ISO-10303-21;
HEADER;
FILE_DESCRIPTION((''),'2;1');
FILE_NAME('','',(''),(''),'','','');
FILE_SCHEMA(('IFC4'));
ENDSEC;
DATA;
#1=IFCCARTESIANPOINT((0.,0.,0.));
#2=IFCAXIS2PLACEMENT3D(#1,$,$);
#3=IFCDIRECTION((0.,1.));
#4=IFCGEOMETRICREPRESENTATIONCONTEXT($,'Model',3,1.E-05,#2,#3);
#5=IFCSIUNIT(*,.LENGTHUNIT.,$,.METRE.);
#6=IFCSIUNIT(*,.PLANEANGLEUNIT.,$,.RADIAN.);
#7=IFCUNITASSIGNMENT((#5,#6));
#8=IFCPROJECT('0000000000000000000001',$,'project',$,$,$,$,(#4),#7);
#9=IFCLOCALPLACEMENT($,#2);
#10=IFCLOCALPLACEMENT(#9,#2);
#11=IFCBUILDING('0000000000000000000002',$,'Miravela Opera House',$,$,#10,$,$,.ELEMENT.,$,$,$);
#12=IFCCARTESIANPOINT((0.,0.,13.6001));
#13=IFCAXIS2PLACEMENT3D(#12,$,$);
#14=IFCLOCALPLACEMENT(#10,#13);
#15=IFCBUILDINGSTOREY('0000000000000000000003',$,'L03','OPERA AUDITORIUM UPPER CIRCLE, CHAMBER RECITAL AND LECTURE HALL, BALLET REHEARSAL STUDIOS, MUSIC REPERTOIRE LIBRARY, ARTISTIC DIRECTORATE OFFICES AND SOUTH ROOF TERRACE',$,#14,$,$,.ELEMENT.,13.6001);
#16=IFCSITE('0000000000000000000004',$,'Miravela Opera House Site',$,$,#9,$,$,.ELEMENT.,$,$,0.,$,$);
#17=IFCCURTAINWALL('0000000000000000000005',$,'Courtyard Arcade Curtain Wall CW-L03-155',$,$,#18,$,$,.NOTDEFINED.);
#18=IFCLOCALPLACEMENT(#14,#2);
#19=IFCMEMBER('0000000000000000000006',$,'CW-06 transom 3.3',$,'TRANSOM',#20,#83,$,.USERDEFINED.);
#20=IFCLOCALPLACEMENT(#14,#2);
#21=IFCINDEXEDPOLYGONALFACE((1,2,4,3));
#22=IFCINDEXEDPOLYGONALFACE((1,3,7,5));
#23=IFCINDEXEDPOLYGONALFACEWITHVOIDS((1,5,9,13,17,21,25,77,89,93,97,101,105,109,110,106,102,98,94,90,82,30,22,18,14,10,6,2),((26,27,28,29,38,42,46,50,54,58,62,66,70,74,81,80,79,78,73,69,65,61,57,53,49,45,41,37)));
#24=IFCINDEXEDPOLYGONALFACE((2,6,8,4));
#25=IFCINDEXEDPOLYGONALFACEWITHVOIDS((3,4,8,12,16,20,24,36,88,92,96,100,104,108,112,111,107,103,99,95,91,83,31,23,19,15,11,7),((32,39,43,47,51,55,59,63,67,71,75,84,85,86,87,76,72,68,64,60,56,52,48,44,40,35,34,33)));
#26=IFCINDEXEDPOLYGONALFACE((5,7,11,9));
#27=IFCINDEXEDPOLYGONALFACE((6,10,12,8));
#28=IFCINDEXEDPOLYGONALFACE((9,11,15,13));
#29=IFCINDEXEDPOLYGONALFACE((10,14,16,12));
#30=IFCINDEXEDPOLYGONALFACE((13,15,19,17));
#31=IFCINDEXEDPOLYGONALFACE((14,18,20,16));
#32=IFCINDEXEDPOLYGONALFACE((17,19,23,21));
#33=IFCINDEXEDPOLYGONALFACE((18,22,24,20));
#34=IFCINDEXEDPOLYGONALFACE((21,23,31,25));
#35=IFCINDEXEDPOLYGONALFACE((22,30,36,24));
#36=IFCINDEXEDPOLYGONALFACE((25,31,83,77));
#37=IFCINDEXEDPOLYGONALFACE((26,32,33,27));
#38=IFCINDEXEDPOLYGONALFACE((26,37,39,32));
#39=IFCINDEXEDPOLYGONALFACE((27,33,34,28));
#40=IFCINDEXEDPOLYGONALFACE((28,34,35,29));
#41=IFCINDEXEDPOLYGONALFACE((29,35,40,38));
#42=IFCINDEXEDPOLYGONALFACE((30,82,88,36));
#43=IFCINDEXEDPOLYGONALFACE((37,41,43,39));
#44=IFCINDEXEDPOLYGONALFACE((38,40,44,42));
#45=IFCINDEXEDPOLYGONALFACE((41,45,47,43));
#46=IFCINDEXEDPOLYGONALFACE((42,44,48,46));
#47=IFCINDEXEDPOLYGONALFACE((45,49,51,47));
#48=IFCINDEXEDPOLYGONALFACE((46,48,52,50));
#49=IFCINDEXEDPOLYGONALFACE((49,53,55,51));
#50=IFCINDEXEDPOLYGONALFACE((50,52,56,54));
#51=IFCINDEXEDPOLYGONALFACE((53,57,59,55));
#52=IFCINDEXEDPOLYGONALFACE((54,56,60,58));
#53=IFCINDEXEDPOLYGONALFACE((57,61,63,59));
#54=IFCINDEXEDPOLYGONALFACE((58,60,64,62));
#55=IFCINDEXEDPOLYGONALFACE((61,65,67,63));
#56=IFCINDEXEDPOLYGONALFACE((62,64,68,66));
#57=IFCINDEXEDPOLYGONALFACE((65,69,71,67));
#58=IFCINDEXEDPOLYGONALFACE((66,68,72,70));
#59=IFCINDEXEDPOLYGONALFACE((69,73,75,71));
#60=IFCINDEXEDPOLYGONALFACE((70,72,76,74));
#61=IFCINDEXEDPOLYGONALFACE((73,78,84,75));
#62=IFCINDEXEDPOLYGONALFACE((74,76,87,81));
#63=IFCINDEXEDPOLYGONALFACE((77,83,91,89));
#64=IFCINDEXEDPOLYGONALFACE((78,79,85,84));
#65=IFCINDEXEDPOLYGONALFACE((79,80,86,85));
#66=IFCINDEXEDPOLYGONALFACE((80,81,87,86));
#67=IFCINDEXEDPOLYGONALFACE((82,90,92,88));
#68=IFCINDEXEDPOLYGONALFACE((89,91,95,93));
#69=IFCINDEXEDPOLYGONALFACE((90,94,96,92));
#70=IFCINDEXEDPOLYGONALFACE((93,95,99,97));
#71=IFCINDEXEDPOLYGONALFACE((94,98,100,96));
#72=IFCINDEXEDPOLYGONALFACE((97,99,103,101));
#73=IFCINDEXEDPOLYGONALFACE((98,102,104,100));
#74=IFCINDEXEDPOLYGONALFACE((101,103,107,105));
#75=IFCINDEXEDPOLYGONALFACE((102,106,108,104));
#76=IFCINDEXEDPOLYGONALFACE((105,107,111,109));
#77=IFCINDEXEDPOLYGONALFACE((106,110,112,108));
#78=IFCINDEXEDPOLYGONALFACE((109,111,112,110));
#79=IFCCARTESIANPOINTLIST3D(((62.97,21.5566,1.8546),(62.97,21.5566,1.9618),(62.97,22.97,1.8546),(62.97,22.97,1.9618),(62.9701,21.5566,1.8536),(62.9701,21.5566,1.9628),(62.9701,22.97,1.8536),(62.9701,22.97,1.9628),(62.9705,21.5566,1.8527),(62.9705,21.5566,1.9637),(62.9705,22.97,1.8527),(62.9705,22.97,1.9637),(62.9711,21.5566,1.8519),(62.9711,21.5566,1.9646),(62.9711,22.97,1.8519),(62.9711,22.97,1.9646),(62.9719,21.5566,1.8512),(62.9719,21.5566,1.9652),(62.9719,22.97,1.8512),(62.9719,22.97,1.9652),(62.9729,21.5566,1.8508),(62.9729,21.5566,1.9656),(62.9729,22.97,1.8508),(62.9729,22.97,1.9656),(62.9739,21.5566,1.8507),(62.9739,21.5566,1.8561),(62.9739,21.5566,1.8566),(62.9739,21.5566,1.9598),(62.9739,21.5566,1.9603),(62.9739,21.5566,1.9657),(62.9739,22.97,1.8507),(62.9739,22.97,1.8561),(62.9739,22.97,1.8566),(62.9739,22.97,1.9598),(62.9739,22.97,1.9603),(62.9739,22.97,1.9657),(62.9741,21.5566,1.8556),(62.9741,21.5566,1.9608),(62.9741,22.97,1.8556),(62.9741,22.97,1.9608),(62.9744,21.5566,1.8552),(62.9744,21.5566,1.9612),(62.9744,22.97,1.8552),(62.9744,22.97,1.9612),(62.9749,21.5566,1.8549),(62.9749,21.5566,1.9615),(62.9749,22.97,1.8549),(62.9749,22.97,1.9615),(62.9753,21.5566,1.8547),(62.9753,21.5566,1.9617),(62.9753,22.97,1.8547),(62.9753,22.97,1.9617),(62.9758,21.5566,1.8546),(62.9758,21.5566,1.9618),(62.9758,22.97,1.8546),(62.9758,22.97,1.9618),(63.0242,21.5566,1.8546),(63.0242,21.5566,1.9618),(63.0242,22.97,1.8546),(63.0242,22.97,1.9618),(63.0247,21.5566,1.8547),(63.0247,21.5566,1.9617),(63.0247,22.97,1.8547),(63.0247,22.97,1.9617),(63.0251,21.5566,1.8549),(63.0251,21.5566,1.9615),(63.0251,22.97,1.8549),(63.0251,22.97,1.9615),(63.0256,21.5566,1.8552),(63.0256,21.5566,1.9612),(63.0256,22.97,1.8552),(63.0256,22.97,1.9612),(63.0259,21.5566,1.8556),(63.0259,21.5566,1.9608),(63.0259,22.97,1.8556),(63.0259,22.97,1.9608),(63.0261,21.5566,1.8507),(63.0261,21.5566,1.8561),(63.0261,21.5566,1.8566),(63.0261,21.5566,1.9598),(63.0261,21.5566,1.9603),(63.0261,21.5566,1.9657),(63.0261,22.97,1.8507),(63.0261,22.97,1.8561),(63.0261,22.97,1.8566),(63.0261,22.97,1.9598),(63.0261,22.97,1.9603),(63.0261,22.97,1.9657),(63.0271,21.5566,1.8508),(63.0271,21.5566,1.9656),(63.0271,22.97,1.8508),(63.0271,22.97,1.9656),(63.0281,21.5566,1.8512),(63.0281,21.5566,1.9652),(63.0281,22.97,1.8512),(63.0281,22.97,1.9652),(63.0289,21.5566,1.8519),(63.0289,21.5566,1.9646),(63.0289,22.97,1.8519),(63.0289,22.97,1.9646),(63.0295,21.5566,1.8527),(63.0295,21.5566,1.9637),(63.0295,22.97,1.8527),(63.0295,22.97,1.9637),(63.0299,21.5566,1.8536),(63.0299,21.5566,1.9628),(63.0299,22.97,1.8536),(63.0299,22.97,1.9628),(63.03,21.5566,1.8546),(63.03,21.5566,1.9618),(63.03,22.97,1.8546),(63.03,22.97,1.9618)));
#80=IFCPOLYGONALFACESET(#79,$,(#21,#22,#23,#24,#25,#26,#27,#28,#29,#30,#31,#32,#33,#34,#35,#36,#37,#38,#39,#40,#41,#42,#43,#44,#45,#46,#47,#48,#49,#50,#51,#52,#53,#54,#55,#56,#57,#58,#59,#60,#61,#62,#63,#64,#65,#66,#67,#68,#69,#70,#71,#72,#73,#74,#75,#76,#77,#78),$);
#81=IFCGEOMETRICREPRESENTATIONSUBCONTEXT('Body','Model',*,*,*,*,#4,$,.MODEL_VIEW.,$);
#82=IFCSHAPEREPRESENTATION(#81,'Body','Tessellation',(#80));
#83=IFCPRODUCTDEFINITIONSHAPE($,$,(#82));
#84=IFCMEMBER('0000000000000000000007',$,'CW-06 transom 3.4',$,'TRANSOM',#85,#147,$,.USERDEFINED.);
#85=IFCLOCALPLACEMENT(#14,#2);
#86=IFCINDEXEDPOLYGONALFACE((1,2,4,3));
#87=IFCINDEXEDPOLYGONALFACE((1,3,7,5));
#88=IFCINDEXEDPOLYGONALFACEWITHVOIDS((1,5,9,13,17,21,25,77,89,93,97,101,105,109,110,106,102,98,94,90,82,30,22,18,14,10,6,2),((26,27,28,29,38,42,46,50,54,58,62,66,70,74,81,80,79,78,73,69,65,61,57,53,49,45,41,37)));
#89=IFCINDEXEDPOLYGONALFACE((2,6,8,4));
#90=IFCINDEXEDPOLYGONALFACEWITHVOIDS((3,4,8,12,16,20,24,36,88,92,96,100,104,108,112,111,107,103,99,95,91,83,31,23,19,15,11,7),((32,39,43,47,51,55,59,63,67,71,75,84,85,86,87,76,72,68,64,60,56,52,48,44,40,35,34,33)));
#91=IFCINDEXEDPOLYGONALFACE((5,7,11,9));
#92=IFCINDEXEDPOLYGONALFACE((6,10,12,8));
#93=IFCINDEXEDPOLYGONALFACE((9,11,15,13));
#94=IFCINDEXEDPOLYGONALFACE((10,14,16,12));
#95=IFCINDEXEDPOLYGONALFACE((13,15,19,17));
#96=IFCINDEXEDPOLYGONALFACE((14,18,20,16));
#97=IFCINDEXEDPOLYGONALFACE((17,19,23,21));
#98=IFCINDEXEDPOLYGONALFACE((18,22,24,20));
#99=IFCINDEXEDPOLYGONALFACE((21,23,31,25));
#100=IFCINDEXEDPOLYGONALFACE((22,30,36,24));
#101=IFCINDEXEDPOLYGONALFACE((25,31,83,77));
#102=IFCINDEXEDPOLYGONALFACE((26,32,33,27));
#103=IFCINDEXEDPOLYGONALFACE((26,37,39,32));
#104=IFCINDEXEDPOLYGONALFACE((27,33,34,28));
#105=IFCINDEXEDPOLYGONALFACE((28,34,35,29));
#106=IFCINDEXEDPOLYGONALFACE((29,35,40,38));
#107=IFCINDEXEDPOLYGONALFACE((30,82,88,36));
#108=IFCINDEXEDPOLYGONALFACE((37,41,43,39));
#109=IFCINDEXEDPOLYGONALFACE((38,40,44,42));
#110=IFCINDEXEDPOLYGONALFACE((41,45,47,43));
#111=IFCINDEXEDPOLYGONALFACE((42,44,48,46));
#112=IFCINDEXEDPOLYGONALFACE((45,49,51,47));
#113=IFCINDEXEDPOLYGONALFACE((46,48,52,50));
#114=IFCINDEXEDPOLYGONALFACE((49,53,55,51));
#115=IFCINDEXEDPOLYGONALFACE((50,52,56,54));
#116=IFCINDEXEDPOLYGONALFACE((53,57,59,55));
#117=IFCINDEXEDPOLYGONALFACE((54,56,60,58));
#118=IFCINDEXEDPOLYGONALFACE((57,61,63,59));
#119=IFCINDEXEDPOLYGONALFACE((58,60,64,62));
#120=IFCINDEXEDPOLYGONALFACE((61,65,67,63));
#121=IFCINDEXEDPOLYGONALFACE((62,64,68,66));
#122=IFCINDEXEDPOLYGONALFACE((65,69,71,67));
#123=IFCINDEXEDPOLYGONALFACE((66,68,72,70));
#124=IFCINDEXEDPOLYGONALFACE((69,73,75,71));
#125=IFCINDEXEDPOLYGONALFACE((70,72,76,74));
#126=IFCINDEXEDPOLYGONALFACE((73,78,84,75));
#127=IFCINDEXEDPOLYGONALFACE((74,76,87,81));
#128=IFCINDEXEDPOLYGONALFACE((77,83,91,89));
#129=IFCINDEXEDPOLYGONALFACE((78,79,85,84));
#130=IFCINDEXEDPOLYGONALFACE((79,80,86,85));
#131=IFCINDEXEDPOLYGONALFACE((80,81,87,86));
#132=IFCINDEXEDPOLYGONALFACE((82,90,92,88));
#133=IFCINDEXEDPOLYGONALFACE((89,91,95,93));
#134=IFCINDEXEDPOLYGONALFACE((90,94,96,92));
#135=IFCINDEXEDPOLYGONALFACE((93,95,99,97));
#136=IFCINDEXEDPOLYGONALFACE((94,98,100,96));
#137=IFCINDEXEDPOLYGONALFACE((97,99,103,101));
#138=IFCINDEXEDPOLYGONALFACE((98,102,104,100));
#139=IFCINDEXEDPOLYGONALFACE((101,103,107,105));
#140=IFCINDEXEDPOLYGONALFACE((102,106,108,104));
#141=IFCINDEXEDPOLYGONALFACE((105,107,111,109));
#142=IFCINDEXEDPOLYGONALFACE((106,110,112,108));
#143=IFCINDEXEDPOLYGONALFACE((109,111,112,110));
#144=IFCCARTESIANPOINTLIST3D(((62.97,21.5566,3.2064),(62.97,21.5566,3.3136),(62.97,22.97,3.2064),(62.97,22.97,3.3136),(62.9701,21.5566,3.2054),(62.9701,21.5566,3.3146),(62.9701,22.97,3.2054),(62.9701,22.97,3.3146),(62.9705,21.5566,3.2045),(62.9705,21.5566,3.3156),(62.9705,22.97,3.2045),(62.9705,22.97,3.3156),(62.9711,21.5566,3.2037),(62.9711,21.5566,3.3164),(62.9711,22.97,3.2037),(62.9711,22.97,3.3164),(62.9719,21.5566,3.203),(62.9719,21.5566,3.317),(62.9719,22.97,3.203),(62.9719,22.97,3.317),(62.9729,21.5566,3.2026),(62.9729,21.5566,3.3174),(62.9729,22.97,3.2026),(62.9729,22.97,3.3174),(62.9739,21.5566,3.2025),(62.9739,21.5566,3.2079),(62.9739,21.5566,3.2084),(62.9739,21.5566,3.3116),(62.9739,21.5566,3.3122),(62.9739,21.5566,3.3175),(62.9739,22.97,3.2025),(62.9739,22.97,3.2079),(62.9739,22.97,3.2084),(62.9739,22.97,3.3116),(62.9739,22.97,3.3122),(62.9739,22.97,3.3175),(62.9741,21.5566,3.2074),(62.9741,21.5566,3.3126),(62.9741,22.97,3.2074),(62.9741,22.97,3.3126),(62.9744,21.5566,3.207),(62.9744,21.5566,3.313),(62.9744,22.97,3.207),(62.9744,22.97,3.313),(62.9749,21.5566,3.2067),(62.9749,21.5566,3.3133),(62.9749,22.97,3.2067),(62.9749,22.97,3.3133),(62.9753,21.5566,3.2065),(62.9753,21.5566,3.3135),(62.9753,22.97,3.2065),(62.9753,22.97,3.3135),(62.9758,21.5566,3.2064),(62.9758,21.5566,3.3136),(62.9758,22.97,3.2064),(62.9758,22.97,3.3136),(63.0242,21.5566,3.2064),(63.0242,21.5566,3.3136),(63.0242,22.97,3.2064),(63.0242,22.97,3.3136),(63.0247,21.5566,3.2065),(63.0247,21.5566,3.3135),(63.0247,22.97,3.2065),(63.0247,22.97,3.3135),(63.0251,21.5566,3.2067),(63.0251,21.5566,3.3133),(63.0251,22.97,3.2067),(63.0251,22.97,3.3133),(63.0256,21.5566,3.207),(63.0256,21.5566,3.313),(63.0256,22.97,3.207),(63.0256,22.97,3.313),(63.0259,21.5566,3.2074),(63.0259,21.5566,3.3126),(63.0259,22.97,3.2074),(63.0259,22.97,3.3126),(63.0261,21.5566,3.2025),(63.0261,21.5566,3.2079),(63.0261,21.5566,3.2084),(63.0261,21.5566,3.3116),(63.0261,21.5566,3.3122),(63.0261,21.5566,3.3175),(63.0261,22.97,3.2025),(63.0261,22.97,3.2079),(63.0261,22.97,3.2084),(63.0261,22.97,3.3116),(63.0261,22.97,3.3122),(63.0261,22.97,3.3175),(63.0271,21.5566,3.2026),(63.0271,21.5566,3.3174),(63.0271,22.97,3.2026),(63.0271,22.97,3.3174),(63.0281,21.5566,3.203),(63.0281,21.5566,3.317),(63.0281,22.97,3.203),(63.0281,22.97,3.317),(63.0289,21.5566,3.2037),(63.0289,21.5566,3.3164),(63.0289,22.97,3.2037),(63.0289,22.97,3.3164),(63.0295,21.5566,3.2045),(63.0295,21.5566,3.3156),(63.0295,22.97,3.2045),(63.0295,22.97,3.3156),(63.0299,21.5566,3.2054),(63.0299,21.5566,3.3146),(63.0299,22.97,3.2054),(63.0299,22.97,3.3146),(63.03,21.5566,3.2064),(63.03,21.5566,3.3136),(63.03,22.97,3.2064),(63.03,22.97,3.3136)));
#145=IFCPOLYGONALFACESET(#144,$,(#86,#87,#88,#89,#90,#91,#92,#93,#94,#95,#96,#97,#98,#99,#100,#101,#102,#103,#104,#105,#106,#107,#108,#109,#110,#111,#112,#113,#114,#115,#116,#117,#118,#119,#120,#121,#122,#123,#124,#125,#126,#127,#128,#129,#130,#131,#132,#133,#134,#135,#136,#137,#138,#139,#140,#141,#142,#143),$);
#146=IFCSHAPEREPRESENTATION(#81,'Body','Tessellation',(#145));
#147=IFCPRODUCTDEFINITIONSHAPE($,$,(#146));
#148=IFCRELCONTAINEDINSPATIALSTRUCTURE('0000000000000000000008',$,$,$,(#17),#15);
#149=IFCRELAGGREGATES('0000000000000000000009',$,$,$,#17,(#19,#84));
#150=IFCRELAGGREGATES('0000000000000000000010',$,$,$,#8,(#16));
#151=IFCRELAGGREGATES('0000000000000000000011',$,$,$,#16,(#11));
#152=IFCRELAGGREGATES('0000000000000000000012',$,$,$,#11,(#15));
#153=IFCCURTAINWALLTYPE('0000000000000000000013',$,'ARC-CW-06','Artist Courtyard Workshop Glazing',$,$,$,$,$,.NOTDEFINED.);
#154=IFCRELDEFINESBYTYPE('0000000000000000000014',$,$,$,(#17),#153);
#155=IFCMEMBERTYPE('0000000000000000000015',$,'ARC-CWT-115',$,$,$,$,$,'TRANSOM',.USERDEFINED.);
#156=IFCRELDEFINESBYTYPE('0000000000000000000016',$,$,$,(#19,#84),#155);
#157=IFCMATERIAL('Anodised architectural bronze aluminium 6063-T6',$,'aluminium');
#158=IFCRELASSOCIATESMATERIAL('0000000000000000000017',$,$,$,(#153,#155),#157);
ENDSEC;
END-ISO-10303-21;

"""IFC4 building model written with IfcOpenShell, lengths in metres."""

from ifc_helpers import new_model, si_unit, direction, frame, origin, origin_2d, place, context, subcontext, project, spatial, hollow_rectangle, extrude, material, material_profile, profile_set, type_object, element, aggregate, save


model = new_model("IFC4")

# Units and contexts
model_context = context("Model", 3, precision=1e-05, world=origin(), true_north=direction((0.0, 1.0)))
body_context = subcontext(model_context, "Body", "Model", "MODEL_VIEW")
ifc_project = project(units=[si_unit("LENGTHUNIT", "METRE"), si_unit("PLANEANGLEUNIT", "RADIAN")], contexts=[model_context])

# Site, building, storey
site_placement = place(None, origin())
site = spatial("IfcSite", under=ifc_project, at=site_placement, Name="Miravela Opera House Site", CompositionType="ELEMENT", RefElevation=0.0)
building_placement = place(site_placement, origin())
building = spatial("IfcBuilding", under=site, at=building_placement, Name="Miravela Opera House", CompositionType="ELEMENT")
storey_placement = place(building_placement, frame((0.0, 0.0, 13.6001)))
storey = spatial("IfcBuildingStorey", under=building, at=storey_placement, Name="L03", Description="OPERA AUDITORIUM UPPER CIRCLE, CHAMBER RECITAL AND LECTURE HALL, BALLET REHEARSAL STUDIOS, MUSIC REPERTOIRE LIBRARY, ARTISTIC DIRECTORATE OFFICES AND SOUTH ROOF TERRACE", CompositionType="ELEMENT", Elevation=13.6001)

# Curtain wall, members
ifc_material_1 = material(Name="Anodised architectural bronze aluminium 6063-T6", Category="aluminium")
curtain_wall_type = type_object("IfcCurtainWallType", Name="ARC-CW-06", Description="Artist Courtyard Workshop Glazing", PredefinedType="NOTDEFINED", material=ifc_material_1)
curtain_wall_placement = place(storey_placement, origin())
curtain_wall = element("IfcCurtainWall", 1, at=curtain_wall_placement, inside=storey, type_object=curtain_wall_type, Name="Courtyard Arcade Curtain Wall CW-L03-155", PredefinedType="NOTDEFINED")
ifc_material_profile_1 = material_profile(ifc_material_1, hollow_rectangle(XDim=0.0601, YDim=0.115, WallThickness=0.0039, InnerFilletRadius=0.002, OuterFilletRadius=0.0039, at=origin_2d()), Name="CWT-60X115")
ifc_profile_set_1 = profile_set([ifc_material_profile_1])
member_type_1 = type_object("IfcMemberType", Name="ARC-CWT-115", ElementType="TRANSOM", PredefinedType="USERDEFINED", material=ifc_profile_set_1)
member_1_placement = place(storey_placement, frame((63.0, 21.5566, 1.9082), z_axis=(0.0, 1.0, 0.0), x_axis=(-1.0, 0.0, 0.0)))
member_1 = element("IfcMember", 2, at=member_1_placement, type_object=member_type_1, Name="CW-06 transom 3.3", ObjectType="TRANSOM", PredefinedType="USERDEFINED", context=body_context, shape_type="SweptSolid", body=[
    extrude(hollow_rectangle(XDim=0.0601, YDim=0.115, WallThickness=0.0039, InnerFilletRadius=0.002, OuterFilletRadius=0.0039, at=origin_2d()), origin(), (0.0, 0.0, 1.0), 1.4133),
])
member_2_placement = place(storey_placement, frame((63.0, 21.5566, 3.26), z_axis=(0.0, 1.0, 0.0), x_axis=(-1.0, 0.0, 0.0)))
member_2 = element("IfcMember", 3, at=member_2_placement, type_object=member_type_1, Name="CW-06 transom 3.4", ObjectType="TRANSOM", PredefinedType="USERDEFINED", context=body_context, shape_type="SweptSolid", body=[
    extrude(hollow_rectangle(XDim=0.0601, YDim=0.115, WallThickness=0.0039, InnerFilletRadius=0.002, OuterFilletRadius=0.0039, at=origin_2d()), origin(), (0.0, 0.0, 1.0), 1.4133),
])
aggregate(curtain_wall, [member_1, member_2])

save(model, "model.ifc")
